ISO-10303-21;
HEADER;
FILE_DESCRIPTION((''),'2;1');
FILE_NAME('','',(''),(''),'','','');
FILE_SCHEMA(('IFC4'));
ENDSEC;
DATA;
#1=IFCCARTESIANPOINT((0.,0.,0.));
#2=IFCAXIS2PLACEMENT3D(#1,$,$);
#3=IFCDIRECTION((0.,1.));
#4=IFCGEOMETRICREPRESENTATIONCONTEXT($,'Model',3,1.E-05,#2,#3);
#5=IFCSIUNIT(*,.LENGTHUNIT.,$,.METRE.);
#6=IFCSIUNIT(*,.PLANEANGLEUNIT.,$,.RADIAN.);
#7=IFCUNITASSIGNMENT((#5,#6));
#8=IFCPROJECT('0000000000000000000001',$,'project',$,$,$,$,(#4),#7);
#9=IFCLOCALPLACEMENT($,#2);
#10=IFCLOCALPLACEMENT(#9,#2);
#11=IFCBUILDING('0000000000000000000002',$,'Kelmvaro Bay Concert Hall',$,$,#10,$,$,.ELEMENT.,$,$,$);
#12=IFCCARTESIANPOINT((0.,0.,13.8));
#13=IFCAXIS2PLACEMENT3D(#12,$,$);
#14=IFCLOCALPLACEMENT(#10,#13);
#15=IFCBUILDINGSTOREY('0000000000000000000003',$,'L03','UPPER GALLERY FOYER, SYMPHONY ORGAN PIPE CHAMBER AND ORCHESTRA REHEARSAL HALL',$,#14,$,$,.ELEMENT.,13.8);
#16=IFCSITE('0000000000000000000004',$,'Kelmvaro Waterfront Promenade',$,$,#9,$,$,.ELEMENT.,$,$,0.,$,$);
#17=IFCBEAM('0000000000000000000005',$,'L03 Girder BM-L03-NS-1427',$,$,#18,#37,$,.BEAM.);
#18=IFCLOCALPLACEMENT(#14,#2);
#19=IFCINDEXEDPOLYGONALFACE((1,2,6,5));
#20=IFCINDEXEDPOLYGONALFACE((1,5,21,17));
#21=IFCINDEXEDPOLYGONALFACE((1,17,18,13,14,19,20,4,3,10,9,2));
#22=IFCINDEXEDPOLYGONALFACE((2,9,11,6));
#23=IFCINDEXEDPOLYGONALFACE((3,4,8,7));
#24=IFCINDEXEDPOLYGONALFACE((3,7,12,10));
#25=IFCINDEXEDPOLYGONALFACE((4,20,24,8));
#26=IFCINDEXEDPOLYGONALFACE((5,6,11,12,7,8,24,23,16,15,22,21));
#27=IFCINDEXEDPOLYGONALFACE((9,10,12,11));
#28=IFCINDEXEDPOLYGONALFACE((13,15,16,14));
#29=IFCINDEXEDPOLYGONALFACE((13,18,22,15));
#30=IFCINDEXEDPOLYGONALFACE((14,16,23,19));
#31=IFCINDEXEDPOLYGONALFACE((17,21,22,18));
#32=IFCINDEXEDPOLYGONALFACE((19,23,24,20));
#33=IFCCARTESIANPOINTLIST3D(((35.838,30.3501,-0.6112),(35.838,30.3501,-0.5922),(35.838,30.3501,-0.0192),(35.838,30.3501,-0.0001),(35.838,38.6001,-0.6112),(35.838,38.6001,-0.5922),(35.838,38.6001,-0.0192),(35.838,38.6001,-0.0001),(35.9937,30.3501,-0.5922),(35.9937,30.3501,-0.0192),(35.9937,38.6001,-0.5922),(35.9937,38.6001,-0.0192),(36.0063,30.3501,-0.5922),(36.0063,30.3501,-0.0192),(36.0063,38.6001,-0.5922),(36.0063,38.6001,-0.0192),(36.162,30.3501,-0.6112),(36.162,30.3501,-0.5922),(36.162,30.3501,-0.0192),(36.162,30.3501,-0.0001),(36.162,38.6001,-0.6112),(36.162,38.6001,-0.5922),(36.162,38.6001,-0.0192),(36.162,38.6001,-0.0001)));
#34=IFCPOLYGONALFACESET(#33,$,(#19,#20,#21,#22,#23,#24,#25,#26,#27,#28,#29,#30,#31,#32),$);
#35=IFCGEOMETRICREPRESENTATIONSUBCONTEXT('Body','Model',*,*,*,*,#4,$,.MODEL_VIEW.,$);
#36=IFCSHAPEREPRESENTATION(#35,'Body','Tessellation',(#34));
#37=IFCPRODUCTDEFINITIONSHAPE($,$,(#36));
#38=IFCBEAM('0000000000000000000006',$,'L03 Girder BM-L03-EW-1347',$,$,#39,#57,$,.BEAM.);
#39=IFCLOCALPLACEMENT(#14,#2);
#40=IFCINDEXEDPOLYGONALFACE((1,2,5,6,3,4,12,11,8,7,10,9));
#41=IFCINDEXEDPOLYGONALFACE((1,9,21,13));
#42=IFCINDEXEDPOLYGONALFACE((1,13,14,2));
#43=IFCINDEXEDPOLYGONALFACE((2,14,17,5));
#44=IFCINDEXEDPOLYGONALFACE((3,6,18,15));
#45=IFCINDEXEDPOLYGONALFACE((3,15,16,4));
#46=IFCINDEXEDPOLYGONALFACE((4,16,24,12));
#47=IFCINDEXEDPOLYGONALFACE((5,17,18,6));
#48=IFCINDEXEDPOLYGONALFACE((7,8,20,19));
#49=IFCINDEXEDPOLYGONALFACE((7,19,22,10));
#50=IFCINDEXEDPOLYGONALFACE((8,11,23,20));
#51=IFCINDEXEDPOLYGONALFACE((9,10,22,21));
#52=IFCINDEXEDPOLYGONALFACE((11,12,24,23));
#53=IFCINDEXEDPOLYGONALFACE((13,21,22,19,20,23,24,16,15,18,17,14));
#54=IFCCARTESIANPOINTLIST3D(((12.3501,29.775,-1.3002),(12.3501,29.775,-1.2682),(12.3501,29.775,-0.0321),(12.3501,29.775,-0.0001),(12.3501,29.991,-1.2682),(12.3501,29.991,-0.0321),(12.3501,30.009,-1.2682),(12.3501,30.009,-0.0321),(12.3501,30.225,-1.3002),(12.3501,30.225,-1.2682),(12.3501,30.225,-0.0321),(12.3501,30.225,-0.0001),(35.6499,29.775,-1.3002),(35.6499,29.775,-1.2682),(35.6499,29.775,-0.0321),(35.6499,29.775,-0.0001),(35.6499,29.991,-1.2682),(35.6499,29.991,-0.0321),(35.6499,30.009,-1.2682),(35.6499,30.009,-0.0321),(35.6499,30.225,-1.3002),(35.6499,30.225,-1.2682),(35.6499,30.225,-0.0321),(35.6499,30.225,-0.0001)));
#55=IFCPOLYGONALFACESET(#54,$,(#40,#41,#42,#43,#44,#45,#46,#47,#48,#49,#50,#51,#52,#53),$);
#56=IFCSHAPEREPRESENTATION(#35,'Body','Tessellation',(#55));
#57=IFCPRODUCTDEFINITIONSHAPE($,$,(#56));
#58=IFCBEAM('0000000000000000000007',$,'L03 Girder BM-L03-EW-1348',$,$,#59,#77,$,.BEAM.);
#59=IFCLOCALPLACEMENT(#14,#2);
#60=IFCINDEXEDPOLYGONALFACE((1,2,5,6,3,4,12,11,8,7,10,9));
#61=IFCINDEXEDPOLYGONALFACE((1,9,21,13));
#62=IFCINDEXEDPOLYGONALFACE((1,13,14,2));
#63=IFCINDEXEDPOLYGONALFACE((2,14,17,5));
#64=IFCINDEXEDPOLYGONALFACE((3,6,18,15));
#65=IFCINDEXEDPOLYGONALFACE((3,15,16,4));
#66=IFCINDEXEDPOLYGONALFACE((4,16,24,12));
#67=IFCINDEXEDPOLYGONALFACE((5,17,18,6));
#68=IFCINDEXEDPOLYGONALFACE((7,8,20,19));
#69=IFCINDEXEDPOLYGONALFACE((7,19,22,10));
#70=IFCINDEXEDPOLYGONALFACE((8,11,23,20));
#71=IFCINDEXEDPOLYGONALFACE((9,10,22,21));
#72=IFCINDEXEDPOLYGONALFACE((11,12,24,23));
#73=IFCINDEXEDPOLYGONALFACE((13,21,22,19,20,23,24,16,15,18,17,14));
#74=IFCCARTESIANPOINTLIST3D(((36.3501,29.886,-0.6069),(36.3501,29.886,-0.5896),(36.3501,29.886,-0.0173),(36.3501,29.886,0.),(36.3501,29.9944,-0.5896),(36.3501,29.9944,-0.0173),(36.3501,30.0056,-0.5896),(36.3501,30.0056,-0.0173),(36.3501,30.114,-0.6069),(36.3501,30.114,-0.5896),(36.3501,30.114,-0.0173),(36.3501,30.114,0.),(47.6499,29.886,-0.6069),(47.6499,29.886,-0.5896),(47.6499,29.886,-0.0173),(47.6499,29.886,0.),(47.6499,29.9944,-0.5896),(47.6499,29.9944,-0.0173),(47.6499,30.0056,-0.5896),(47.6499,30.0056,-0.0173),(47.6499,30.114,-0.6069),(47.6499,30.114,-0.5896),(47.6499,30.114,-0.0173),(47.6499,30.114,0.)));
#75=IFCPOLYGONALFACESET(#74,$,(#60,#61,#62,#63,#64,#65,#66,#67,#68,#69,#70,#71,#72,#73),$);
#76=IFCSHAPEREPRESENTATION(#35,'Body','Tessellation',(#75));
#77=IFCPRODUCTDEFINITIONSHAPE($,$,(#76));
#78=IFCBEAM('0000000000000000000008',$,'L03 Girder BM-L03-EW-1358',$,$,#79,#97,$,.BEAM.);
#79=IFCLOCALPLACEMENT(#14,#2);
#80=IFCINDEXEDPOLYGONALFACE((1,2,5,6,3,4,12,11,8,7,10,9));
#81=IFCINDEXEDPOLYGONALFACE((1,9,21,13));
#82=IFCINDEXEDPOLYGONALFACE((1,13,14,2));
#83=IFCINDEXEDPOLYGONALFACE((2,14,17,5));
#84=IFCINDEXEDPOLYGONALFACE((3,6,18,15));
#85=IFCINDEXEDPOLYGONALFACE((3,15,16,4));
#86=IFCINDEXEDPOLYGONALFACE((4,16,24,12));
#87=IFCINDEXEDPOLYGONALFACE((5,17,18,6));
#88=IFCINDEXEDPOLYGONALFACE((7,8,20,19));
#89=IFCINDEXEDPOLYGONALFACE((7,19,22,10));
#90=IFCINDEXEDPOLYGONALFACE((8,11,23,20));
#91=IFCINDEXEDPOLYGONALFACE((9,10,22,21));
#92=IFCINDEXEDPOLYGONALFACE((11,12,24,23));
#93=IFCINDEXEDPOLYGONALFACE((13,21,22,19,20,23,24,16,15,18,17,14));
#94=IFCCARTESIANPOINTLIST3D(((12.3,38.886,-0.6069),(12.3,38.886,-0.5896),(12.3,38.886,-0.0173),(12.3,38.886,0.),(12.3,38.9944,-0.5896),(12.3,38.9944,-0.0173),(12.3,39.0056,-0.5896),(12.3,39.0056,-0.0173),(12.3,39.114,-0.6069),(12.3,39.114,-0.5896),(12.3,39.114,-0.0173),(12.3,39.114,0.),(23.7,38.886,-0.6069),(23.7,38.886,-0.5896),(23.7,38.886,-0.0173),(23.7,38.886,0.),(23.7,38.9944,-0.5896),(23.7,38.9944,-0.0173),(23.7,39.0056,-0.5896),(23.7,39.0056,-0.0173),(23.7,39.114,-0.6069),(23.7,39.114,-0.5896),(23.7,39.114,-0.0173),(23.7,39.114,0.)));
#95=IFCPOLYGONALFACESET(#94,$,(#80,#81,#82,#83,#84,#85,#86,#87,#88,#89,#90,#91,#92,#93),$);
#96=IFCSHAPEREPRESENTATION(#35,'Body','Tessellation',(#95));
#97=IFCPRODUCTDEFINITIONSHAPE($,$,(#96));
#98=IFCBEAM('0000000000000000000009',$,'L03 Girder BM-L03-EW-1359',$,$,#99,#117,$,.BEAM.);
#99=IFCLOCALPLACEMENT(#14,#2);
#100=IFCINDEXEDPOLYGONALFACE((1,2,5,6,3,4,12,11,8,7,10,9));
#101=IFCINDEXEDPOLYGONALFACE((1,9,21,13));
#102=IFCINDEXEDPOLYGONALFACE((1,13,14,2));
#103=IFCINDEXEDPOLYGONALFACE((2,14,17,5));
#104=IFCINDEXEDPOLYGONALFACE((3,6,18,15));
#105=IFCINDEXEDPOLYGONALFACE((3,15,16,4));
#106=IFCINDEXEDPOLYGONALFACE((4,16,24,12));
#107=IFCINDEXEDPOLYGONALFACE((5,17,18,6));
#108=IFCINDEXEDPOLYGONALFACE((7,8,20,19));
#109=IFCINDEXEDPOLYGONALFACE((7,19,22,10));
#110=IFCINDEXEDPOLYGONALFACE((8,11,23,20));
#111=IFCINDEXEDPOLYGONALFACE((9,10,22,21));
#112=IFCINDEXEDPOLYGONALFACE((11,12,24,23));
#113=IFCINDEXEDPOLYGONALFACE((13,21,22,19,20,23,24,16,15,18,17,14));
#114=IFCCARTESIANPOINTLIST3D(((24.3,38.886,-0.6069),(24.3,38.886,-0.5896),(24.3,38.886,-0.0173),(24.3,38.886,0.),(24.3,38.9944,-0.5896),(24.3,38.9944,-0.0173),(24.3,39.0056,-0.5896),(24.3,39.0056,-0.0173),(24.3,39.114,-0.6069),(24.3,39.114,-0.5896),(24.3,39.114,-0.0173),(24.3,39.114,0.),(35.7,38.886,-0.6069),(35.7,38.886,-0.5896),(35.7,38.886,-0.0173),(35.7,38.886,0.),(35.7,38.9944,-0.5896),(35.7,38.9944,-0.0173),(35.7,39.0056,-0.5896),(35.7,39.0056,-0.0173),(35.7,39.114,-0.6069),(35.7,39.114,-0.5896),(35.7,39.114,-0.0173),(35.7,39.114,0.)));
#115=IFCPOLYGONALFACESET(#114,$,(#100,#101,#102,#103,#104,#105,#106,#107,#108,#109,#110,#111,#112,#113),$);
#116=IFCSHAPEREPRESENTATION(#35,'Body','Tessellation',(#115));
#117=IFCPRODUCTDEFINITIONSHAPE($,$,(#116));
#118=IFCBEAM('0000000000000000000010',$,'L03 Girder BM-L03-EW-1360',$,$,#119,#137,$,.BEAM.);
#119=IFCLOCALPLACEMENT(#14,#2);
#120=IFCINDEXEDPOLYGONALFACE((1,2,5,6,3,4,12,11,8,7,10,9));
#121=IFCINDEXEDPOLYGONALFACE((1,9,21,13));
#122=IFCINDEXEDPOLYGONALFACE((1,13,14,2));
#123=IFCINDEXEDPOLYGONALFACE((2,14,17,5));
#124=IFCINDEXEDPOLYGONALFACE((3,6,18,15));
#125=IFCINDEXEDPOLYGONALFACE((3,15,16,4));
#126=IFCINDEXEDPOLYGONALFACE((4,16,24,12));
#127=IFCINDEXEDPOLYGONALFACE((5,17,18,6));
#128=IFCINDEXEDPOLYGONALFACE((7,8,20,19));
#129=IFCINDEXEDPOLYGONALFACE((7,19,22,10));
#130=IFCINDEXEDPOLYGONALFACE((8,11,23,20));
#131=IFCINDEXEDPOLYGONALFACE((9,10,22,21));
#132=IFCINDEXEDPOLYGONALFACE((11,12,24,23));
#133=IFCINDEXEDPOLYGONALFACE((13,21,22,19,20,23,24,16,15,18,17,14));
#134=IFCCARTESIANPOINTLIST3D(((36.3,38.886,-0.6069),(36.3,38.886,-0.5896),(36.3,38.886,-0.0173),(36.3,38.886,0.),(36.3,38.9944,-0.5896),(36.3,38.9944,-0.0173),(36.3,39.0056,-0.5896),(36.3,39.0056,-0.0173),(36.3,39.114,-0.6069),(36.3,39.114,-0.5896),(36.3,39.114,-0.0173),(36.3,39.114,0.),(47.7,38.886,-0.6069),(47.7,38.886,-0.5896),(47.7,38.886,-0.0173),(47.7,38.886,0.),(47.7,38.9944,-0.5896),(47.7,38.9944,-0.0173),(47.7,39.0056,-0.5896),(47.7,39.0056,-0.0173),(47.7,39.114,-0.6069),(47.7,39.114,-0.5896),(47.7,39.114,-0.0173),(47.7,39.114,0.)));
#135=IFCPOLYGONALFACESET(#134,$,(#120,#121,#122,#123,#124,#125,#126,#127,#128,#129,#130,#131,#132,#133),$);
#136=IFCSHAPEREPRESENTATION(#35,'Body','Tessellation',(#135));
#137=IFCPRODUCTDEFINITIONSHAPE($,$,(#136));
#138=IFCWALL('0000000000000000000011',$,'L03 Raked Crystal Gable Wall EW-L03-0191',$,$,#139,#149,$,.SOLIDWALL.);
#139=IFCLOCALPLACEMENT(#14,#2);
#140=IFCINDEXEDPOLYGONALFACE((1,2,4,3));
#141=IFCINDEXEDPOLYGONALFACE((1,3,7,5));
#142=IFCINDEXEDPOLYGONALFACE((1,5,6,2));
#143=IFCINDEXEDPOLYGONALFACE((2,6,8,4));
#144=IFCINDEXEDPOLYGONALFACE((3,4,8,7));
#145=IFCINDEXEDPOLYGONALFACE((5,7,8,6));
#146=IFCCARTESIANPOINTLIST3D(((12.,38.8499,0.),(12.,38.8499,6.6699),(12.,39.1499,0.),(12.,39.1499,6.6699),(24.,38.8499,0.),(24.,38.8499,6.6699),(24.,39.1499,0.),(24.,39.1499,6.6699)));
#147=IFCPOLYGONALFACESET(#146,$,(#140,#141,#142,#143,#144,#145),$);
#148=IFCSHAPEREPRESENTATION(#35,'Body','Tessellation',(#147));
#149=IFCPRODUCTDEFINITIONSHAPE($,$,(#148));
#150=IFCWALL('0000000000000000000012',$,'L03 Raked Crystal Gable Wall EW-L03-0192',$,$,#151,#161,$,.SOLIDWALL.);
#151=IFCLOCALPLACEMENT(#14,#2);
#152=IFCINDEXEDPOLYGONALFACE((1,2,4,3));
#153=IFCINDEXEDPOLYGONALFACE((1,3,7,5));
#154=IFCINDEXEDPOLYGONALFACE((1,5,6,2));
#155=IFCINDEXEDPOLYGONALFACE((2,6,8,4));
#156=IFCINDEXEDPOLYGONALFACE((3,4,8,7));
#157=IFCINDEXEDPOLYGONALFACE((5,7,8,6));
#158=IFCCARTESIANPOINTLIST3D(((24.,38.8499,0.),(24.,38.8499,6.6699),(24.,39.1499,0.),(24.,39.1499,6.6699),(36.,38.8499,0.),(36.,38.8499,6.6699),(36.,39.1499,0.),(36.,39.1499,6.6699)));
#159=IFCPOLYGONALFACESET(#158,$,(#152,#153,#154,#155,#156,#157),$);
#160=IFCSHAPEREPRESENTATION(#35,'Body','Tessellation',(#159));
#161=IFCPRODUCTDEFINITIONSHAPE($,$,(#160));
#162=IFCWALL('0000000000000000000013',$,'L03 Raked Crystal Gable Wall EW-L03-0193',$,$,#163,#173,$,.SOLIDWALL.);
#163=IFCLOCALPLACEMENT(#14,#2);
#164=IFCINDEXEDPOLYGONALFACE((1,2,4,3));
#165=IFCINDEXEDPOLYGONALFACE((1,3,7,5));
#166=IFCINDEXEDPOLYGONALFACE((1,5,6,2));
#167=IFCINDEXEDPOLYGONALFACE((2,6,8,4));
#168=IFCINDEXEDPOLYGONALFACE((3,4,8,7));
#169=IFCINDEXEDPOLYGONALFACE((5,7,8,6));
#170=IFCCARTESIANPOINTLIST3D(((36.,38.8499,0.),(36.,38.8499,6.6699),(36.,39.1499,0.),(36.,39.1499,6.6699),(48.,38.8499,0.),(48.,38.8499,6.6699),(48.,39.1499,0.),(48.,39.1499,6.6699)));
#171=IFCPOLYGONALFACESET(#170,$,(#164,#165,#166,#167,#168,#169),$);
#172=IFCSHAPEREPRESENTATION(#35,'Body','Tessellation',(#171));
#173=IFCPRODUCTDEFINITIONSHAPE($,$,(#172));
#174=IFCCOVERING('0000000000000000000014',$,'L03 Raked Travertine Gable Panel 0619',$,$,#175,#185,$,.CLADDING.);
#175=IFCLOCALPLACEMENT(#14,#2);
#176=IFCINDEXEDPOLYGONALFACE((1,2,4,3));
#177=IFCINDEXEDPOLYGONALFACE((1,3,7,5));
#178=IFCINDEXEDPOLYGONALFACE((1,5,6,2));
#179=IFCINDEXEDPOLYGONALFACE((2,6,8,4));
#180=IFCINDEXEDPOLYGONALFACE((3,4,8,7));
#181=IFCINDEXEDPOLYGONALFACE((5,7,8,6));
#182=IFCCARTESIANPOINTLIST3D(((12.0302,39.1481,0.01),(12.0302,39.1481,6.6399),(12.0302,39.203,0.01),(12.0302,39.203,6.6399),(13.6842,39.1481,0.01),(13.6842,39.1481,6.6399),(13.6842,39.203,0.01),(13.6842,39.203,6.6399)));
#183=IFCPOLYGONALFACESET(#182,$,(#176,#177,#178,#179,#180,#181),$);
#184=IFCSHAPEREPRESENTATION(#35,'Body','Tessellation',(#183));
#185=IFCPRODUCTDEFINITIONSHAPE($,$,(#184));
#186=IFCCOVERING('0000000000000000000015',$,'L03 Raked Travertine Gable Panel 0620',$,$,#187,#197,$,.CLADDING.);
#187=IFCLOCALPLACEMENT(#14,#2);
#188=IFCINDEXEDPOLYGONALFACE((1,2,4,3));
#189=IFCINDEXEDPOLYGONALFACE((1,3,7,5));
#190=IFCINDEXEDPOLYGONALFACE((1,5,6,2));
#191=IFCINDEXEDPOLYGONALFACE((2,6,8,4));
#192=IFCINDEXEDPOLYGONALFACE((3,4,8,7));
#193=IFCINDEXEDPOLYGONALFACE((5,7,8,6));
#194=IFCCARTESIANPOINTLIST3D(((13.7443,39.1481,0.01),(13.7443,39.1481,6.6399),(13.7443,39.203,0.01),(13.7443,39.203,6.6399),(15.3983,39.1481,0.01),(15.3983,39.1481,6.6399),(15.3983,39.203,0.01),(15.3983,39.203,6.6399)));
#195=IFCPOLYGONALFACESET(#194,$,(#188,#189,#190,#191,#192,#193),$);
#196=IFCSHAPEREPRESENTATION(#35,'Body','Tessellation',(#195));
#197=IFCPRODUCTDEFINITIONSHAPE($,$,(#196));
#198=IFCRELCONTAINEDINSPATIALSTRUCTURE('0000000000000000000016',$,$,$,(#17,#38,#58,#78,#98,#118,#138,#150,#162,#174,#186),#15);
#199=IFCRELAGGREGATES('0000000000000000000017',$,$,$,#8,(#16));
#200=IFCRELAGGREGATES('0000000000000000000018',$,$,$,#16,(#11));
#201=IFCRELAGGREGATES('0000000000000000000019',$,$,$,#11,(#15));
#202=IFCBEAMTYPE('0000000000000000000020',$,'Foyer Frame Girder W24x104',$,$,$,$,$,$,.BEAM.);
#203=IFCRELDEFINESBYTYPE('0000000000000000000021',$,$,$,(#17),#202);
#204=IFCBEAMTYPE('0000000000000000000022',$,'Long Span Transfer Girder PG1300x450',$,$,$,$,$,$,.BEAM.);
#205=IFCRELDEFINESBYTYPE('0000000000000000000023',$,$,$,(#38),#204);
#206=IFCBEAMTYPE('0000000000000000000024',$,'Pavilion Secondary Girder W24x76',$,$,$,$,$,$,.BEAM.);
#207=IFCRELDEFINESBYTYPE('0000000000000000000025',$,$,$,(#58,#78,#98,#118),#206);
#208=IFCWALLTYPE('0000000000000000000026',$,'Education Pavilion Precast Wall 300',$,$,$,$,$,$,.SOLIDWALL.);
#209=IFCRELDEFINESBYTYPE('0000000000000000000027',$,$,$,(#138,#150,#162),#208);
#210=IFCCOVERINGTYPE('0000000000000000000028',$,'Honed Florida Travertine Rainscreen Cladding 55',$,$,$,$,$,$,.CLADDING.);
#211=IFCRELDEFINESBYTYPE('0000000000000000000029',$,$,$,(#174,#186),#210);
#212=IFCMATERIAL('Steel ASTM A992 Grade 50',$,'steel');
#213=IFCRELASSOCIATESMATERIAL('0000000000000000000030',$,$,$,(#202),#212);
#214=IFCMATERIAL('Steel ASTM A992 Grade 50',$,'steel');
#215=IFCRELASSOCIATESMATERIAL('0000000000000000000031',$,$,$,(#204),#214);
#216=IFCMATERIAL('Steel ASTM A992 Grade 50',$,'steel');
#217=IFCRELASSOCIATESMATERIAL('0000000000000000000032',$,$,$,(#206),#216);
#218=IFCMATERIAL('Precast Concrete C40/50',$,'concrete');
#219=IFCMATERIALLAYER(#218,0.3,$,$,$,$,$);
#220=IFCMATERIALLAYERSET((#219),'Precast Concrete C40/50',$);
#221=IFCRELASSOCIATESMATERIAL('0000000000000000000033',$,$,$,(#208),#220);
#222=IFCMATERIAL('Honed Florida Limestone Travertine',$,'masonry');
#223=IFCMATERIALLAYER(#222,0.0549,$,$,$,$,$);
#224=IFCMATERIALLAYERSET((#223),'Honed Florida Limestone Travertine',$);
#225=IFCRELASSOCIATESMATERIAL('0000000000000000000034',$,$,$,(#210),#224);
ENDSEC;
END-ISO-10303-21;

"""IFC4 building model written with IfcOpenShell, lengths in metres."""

from ifc_helpers import new_model, si_unit, direction, frame, origin, origin_2d, place, context, subcontext, project, spatial, polyline, rectangle, i_section, outline, extrude, material, layer, layer_set, material_profile, profile_set, type_object, element, save


model = new_model("IFC4")

# Units and contexts
model_context = context("Model", 3, precision=1e-05, world=origin(), true_north=direction((0.0, 1.0)))
body_context = subcontext(model_context, "Body", "Model", "MODEL_VIEW")
ifc_project = project(units=[si_unit("LENGTHUNIT", "METRE"), si_unit("PLANEANGLEUNIT", "RADIAN")], contexts=[model_context])

# Site, building, storey
site_placement = place(None, origin())
site = spatial("IfcSite", under=ifc_project, at=site_placement, Name="Kelmvaro Waterfront Promenade", CompositionType="ELEMENT", RefElevation=0.0)
building_placement = place(site_placement, origin())
building = spatial("IfcBuilding", under=site, at=building_placement, Name="Kelmvaro Bay Concert Hall", CompositionType="ELEMENT")
storey_placement = place(building_placement, frame((0.0, 0.0, 13.8)))
storey = spatial("IfcBuildingStorey", under=building, at=storey_placement, Name="L03", Description="UPPER GALLERY FOYER, SYMPHONY ORGAN PIPE CHAMBER AND ORCHESTRA REHEARSAL HALL", CompositionType="ELEMENT", Elevation=13.8)

# Beams
ifc_material_1 = material(Name="Steel ASTM A992 Grade 50", Category="steel")
ifc_material_profile_1 = material_profile(ifc_material_1, i_section(OverallWidth=0.324, OverallDepth=0.6111, WebThickness=0.0127, FlangeThickness=0.019, at=origin_2d()), Name="W24X104")
ifc_profile_set_1 = profile_set([ifc_material_profile_1], Name="Steel ASTM A992 Grade 50")
beam_type_1 = type_object("IfcBeamType", Name="Foyer Frame Girder W24x104", PredefinedType="BEAM", material=ifc_profile_set_1)
beam_1_placement = place(storey_placement, frame((36.0, 30.3501, -0.3057), z_axis=(0.0, 1.0, 0.0), x_axis=(-1.0, 0.0, 0.0)))
element("IfcBeam", 1, at=beam_1_placement, inside=storey, type_object=beam_type_1, Name="L03 Girder BM-L03-NS-1427", PredefinedType="BEAM", context=body_context, shape_type="SweptSolid", body=[
    extrude(i_section(OverallWidth=0.324, OverallDepth=0.6111, WebThickness=0.0127, FlangeThickness=0.019, at=origin_2d()), origin(), (0.0, 0.0, 1.0), 8.25),
])
ifc_material_2 = material(Name="Steel ASTM A992 Grade 50", Category="steel")
ifc_material_profile_2 = material_profile(ifc_material_2, i_section(OverallWidth=0.45, OverallDepth=1.3, WebThickness=0.0181, FlangeThickness=0.032, at=origin_2d()), Name="PG1300X450")
ifc_profile_set_2 = profile_set([ifc_material_profile_2], Name="Steel ASTM A992 Grade 50")
beam_type_2 = type_object("IfcBeamType", Name="Long Span Transfer Girder PG1300x450", PredefinedType="BEAM", material=ifc_profile_set_2)
beam_2_placement = place(storey_placement, frame((12.3501, 30.0, -0.6501), z_axis=(1.0, 0.0, 0.0), x_axis=(0.0, 1.0, 0.0)))
element("IfcBeam", 2, at=beam_2_placement, inside=storey, type_object=beam_type_2, Name="L03 Girder BM-L03-EW-1347", PredefinedType="BEAM", context=body_context, shape_type="SweptSolid", body=[
    extrude(i_section(OverallWidth=0.45, OverallDepth=1.3, WebThickness=0.0181, FlangeThickness=0.032, at=origin_2d()), origin(), (0.0, 0.0, 1.0), 23.2998),
])
ifc_material_3 = material(Name="Steel ASTM A992 Grade 50", Category="steel")
ifc_material_profile_3 = material_profile(ifc_material_3, i_section(OverallWidth=0.228, OverallDepth=0.6069, WebThickness=0.0112, FlangeThickness=0.0173, at=origin_2d()), Name="W24X76")
ifc_profile_set_3 = profile_set([ifc_material_profile_3], Name="Steel ASTM A992 Grade 50")
beam_type_3 = type_object("IfcBeamType", Name="Pavilion Secondary Girder W24x76", PredefinedType="BEAM", material=ifc_profile_set_3)
beam_3_placement = place(storey_placement, frame((36.3501, 30.0, -0.3035), z_axis=(1.0, 0.0, 0.0), x_axis=(0.0, 1.0, 0.0)))
element("IfcBeam", 3, at=beam_3_placement, inside=storey, type_object=beam_type_3, Name="L03 Girder BM-L03-EW-1348", PredefinedType="BEAM", context=body_context, shape_type="SweptSolid", body=[
    extrude(i_section(OverallWidth=0.228, OverallDepth=0.6069, WebThickness=0.0112, FlangeThickness=0.0173, at=origin_2d()), origin(), (0.0, 0.0, 1.0), 11.2998),
])
for number, where, z_axis, x_axis, name in (
    (4, (12.3, 39.0, -0.3035), (1.0, 0.0, 0.0), (0.0, 1.0, 0.0), "L03 Girder BM-L03-EW-1358"),
    (5, (24.3, 39.0, -0.3035), (1.0, 0.0, 0.0), (0.0, 1.0, 0.0), "L03 Girder BM-L03-EW-1359"),
    (6, (36.3, 39.0, -0.3035), (1.0, 0.0, 0.0), (0.0, 1.0, 0.0), "L03 Girder BM-L03-EW-1360"),
):
    element("IfcBeam", number, at=place(storey_placement, frame(where, z_axis=z_axis, x_axis=x_axis)), inside=storey, type_object=beam_type_3, Name=name, PredefinedType="BEAM", context=body_context, shape_type="SweptSolid", body=[
        extrude(i_section(OverallWidth=0.228, OverallDepth=0.6069, WebThickness=0.0112, FlangeThickness=0.0173, at=origin_2d()), origin(), (0.0, 0.0, 1.0), 11.3999),
    ])

# Walls
ifc_material_4 = material(Name="Precast Concrete C40/50", Category="concrete")
ifc_layer_1 = layer(ifc_material_4, 0.3)
ifc_layer_set_1 = layer_set([ifc_layer_1], Name="Precast Concrete C40/50")
wall_type = type_object("IfcWallType", Name="Education Pavilion Precast Wall 300", PredefinedType="SOLIDWALL", material=ifc_layer_set_1)
for number, where, z_axis, x_axis, name in (
    (7, (12.0, 39.0, 0.0), (0.0, 0.0, 1.0), (1.0, 0.0, 0.0), "L03 Raked Crystal Gable Wall EW-L03-0191"),
    (8, (24.0, 39.0, 0.0), (0.0, 0.0, 1.0), (1.0, 0.0, 0.0), "L03 Raked Crystal Gable Wall EW-L03-0192"),
    (9, (36.0, 39.0, 0.0), (0.0, 0.0, 1.0), (1.0, 0.0, 0.0), "L03 Raked Crystal Gable Wall EW-L03-0193"),
):
    element("IfcWall", number, at=place(storey_placement, frame(where, z_axis=z_axis, x_axis=x_axis)), inside=storey, type_object=wall_type, Name=name, PredefinedType="SOLIDWALL", context=body_context, shape_type="SweptSolid", body=[
        extrude(outline(polyline([(0.0, 0.0), (12.0, 0.0), (12.0, 6.6699), (0.0, 6.6699), (0.0, 0.0)])), frame((0.0, 0.1499, 0.0), z_axis=(0.0, -1.0, 0.0), x_axis=(1.0, 0.0, 0.0)), (0.0, 0.0, 1.0), 0.3),
    ])

# Coverings
ifc_material_5 = material(Name="Honed Florida Limestone Travertine", Category="masonry")
ifc_layer_2 = layer(ifc_material_5, 0.0549)
ifc_layer_set_2 = layer_set([ifc_layer_2], Name="Honed Florida Limestone Travertine")
covering_type = type_object("IfcCoveringType", Name="Honed Florida Travertine Rainscreen Cladding 55", PredefinedType="CLADDING", material=ifc_layer_set_2)
for number, where, z_axis, x_axis, name in (
    (10, (12.8572, 39.1755, 0.01), (0.0, 0.0, 1.0), (1.0, 0.0, 0.0), "L03 Raked Travertine Gable Panel 0619"),
    (11, (14.5713, 39.1755, 0.01), (0.0, 0.0, 1.0), (1.0, 0.0, 0.0), "L03 Raked Travertine Gable Panel 0620"),
):
    element("IfcCovering", number, at=place(storey_placement, frame(where, z_axis=z_axis, x_axis=x_axis)), inside=storey, type_object=covering_type, Name=name, PredefinedType="CLADDING", context=body_context, shape_type="SweptSolid", body=[
        extrude(rectangle(XDim=1.6541, YDim=0.0549, at=origin_2d()), origin(), (0.0, 0.0, 1.0), 6.6299),
    ])

save(model, "model.ifc")
